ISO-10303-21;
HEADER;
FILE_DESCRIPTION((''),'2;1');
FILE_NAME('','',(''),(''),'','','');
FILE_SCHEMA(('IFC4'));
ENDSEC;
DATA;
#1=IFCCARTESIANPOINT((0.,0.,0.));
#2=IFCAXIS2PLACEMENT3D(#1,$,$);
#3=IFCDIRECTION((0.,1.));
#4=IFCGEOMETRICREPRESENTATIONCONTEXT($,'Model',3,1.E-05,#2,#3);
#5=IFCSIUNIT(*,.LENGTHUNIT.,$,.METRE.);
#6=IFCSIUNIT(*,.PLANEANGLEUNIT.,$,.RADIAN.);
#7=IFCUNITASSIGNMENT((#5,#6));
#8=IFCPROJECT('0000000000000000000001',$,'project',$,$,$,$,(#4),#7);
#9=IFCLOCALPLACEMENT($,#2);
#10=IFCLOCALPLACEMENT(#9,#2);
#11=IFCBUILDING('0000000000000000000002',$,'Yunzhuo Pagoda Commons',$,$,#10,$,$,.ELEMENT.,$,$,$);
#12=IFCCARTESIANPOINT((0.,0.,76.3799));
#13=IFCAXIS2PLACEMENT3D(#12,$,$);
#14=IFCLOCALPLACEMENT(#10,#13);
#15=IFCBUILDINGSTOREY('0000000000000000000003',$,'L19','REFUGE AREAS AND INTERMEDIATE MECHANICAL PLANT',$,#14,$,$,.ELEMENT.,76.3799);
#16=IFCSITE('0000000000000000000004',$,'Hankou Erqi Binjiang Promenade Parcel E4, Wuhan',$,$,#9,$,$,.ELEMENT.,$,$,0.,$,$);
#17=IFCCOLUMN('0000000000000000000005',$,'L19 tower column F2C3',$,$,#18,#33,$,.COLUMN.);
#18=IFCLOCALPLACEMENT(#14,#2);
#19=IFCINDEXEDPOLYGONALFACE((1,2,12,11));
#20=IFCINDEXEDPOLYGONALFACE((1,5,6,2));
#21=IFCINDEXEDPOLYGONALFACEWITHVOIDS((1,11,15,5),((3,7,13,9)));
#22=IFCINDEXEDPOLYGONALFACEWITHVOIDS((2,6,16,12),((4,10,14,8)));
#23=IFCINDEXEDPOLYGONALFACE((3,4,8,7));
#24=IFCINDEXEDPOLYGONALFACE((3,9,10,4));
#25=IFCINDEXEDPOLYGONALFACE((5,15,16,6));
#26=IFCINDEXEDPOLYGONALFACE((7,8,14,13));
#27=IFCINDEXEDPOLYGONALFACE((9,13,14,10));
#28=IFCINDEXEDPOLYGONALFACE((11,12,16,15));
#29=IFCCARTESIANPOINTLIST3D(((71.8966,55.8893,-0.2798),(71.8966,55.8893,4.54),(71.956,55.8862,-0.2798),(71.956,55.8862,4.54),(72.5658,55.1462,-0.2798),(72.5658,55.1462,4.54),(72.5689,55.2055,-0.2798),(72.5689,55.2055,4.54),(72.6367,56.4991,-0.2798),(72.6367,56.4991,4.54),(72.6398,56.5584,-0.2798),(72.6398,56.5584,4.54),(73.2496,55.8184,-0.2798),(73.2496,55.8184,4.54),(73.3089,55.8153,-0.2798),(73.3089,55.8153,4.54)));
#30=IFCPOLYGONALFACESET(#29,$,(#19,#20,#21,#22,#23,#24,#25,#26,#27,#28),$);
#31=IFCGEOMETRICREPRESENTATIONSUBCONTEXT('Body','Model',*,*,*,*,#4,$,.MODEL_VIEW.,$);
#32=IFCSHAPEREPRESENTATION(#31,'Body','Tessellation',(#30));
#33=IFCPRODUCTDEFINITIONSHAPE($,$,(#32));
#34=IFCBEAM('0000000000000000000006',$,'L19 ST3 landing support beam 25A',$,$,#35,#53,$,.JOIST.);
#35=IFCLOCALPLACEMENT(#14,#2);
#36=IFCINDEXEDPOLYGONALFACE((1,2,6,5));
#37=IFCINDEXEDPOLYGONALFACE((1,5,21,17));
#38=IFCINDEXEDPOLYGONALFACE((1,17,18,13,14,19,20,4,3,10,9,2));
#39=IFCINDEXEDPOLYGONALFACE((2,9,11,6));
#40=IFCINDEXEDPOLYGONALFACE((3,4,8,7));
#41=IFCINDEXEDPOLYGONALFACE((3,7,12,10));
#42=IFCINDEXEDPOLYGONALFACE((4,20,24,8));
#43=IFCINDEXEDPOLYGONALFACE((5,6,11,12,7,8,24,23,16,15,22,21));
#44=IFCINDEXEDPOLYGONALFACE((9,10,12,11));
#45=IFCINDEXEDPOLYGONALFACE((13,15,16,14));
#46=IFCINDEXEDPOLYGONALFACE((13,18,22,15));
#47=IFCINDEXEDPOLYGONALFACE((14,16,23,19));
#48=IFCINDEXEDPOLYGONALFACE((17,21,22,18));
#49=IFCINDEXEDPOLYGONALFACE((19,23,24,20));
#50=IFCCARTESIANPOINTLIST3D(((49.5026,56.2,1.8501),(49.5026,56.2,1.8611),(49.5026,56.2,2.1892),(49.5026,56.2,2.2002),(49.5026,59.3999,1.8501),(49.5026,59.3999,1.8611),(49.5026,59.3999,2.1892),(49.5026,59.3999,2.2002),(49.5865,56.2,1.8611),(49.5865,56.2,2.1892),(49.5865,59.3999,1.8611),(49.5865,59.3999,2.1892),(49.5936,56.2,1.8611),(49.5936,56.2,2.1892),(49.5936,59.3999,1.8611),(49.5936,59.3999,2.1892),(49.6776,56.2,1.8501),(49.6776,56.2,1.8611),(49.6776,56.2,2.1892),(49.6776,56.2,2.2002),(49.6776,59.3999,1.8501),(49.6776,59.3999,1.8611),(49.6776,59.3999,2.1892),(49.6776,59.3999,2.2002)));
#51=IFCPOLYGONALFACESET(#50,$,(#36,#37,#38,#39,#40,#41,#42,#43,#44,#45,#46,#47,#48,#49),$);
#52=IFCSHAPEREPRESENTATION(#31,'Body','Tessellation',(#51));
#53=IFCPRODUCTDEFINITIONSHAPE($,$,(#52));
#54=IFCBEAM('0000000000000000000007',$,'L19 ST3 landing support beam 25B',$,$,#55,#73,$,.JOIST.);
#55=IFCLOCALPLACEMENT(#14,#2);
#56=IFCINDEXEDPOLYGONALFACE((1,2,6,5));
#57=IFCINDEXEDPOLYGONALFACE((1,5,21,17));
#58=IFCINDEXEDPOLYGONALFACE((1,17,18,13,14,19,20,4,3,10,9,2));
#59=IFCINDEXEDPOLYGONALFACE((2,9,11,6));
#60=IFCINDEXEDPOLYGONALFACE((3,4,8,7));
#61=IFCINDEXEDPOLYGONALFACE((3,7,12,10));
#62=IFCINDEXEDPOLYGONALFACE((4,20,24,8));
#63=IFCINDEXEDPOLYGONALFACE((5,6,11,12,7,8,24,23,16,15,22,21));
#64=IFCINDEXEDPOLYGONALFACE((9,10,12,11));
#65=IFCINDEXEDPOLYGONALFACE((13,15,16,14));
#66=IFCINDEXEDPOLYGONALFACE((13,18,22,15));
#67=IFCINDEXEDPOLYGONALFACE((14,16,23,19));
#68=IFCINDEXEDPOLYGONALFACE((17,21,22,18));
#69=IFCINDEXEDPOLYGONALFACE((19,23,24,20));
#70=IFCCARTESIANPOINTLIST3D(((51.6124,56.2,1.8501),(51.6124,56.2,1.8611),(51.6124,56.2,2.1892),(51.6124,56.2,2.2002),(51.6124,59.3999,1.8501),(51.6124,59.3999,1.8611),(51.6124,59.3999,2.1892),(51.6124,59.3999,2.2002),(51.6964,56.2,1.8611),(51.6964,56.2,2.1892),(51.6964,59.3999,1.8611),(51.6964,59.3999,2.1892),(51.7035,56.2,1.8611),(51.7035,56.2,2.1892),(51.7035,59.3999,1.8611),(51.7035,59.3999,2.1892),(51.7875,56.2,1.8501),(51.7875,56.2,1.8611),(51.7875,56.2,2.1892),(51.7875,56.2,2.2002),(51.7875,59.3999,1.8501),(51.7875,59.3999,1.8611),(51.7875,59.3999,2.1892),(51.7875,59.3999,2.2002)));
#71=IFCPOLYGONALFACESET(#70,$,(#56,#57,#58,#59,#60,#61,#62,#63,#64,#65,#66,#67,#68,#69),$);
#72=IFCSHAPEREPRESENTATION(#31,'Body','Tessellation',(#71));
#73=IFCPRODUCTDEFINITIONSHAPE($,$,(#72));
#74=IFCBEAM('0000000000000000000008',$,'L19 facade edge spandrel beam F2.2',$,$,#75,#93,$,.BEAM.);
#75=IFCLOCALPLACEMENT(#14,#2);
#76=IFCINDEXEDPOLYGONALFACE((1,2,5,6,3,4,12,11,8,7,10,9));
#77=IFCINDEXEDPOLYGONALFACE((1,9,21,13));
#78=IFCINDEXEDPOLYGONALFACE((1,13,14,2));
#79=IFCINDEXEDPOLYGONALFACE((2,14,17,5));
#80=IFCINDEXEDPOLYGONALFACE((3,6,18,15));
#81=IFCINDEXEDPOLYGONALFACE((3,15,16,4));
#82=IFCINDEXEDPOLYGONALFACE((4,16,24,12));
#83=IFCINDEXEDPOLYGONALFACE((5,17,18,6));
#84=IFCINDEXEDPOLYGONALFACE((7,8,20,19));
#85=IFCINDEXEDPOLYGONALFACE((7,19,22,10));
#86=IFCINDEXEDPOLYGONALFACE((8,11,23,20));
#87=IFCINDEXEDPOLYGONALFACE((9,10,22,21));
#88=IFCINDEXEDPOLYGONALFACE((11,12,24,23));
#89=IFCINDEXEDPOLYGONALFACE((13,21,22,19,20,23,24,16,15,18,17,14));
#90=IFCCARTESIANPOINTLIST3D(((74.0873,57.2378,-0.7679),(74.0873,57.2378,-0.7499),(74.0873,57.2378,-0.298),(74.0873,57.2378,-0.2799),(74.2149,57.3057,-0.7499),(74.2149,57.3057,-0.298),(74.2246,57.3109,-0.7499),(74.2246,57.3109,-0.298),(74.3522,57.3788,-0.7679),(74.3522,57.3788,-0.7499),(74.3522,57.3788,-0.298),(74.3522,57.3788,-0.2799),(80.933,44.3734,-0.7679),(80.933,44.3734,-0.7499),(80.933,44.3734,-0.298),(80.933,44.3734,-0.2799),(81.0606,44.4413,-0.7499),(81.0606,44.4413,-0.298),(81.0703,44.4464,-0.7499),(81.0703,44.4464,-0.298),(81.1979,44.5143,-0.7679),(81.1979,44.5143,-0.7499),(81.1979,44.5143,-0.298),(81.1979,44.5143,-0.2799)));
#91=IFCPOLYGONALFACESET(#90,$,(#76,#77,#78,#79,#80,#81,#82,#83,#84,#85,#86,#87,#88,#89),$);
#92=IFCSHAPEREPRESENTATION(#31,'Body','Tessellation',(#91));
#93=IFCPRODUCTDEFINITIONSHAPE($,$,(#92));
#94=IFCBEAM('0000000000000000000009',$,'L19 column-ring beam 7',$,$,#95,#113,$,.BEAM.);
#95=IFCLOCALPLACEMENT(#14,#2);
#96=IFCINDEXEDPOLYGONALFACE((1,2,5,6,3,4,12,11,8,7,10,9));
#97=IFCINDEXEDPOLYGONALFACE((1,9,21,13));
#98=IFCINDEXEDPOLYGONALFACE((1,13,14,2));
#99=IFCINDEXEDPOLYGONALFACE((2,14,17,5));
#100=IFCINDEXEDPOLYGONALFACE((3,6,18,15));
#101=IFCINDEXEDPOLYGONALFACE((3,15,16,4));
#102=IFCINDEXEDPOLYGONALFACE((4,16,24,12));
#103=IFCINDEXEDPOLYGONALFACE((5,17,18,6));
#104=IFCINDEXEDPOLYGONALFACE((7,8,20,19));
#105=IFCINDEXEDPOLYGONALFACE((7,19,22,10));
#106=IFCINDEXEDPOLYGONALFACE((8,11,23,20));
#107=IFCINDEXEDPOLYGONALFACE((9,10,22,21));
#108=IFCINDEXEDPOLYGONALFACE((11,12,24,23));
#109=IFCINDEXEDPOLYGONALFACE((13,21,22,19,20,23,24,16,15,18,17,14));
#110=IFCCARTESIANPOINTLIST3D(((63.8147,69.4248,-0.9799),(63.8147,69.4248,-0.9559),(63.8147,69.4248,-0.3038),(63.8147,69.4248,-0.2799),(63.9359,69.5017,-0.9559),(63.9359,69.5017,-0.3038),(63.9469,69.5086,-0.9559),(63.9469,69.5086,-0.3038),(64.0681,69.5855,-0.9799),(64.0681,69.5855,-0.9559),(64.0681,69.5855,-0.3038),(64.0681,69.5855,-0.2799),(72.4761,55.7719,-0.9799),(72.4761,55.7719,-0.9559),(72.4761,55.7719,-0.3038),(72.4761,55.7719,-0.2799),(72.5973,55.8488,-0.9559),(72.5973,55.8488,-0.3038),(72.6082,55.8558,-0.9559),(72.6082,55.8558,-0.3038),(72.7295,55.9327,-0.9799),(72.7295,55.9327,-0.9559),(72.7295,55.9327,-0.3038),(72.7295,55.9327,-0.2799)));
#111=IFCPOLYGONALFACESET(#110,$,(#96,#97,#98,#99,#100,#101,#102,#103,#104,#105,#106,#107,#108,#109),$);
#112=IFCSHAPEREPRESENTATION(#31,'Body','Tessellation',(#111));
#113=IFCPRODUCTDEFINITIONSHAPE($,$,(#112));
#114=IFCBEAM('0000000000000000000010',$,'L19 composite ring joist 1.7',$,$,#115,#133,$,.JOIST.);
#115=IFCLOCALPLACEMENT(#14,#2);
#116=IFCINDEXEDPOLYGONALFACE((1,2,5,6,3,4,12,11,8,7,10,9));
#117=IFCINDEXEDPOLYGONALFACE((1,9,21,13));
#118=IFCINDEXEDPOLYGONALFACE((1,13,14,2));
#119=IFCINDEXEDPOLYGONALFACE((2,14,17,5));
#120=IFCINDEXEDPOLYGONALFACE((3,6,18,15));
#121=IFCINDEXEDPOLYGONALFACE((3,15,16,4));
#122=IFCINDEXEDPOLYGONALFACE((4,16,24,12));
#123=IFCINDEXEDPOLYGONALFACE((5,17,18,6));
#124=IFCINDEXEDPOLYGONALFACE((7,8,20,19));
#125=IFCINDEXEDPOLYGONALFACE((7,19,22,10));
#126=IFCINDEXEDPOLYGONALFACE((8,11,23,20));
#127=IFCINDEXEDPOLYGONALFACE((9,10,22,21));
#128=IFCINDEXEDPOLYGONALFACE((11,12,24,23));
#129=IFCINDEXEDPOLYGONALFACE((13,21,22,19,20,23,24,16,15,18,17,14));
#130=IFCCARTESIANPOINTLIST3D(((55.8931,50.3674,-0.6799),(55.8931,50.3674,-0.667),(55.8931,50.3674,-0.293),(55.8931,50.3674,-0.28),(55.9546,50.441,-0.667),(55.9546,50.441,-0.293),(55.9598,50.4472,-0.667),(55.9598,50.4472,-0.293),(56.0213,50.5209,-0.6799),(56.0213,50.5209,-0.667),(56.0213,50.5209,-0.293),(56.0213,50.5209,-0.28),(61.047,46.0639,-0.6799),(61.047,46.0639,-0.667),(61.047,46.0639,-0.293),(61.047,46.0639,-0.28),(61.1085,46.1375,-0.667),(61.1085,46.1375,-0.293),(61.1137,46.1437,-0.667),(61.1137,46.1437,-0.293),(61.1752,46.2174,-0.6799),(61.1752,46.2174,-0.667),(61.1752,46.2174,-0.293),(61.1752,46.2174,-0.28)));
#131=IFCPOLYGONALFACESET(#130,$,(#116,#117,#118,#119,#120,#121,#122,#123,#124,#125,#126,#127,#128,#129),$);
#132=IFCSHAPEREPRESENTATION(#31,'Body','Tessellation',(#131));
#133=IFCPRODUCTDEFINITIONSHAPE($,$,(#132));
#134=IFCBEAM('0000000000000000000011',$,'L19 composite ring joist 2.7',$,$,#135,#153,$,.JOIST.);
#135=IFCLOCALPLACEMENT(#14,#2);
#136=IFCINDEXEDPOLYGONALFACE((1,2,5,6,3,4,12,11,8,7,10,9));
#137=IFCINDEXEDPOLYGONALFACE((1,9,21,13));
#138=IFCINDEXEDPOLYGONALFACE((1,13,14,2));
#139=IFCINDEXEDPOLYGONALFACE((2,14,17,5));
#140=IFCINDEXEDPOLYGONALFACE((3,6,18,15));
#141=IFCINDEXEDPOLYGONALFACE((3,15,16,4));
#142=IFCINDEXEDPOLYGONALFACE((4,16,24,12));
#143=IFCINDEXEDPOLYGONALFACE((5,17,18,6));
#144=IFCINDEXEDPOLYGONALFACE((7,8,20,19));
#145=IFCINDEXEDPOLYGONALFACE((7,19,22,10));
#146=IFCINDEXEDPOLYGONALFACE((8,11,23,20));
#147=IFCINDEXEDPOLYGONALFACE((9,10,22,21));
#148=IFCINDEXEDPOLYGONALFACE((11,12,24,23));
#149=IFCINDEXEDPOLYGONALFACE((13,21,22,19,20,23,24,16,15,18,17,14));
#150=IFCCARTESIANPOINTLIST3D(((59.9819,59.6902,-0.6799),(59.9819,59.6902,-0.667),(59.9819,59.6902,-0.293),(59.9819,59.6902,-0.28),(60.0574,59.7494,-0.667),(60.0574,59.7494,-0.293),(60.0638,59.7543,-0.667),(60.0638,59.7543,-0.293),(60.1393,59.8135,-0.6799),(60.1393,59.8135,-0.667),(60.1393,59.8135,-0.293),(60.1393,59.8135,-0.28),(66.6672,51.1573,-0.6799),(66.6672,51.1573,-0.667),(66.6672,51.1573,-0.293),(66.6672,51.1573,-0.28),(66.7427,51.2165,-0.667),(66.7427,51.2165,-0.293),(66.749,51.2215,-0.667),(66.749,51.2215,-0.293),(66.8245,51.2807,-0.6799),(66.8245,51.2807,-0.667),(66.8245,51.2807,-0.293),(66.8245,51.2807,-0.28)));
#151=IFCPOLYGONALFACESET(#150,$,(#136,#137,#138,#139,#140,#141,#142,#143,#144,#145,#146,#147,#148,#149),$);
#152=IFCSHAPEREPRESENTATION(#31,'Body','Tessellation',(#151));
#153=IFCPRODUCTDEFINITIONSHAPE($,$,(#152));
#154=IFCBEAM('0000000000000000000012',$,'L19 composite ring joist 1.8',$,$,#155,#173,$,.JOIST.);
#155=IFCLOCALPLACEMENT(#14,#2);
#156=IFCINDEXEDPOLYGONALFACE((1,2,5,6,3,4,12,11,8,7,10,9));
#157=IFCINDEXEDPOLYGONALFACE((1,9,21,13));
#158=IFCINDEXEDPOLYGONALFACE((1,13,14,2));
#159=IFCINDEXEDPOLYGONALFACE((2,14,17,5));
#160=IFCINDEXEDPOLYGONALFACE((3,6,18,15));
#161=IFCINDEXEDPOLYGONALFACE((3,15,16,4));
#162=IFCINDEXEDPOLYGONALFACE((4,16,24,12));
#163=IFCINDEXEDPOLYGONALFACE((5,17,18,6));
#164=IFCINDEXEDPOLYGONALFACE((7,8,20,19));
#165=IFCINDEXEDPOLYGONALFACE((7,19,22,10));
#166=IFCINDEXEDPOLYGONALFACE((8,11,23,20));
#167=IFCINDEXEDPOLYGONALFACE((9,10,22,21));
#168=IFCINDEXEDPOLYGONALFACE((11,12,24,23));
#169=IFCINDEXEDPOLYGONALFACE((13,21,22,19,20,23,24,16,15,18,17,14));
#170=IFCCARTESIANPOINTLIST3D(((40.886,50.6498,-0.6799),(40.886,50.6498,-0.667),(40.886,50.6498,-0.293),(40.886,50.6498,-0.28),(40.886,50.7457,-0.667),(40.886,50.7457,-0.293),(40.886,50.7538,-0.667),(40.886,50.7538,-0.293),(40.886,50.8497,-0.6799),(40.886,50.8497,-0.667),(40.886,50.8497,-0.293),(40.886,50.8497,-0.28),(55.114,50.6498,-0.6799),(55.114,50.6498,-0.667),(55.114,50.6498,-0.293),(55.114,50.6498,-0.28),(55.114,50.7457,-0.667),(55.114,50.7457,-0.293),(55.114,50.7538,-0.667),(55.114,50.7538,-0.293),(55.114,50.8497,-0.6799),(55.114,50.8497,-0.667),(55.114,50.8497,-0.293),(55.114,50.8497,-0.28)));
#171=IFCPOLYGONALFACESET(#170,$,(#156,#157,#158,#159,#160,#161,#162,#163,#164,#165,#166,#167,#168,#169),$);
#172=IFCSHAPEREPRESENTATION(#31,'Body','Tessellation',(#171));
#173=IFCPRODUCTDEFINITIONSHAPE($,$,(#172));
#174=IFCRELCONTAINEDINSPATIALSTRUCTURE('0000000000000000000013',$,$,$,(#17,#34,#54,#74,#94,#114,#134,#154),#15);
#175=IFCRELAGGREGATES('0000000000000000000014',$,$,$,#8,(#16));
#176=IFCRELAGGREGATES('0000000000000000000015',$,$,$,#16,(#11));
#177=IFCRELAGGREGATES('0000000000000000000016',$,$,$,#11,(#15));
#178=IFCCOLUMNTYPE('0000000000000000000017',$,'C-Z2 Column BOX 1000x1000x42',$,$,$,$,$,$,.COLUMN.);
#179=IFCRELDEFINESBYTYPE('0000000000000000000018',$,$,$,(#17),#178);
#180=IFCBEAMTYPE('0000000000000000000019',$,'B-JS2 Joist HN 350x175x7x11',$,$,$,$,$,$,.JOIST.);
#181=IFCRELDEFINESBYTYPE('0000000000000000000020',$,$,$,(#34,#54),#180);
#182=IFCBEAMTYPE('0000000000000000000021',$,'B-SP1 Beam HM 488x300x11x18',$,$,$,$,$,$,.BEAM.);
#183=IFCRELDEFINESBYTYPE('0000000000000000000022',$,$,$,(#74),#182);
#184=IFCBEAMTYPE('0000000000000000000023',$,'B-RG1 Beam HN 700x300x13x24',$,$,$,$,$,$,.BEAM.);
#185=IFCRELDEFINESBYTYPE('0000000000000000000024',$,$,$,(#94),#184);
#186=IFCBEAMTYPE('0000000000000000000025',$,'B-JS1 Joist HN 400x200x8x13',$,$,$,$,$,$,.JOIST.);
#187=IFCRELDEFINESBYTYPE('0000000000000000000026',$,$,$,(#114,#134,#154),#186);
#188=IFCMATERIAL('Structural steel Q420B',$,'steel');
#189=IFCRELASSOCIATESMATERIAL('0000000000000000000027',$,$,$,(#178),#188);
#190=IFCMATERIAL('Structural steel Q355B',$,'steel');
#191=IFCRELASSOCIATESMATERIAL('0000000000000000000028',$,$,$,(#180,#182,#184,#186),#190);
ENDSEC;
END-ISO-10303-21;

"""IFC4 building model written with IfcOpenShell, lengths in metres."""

from ifc_helpers import new_model, si_unit, direction, frame, origin, origin_2d, place, context, subcontext, project, spatial, hollow_rectangle, i_section, extrude, source, transform, mapped, material, material_profile, profile_set, type_object, element, save


model = new_model("IFC4")

# Units and contexts
model_context = context("Model", 3, precision=1e-05, world=origin(), true_north=direction((0.0, 1.0)))
body_context = subcontext(model_context, "Body", "Model", "MODEL_VIEW")
ifc_project = project(units=[si_unit("LENGTHUNIT", "METRE"), si_unit("PLANEANGLEUNIT", "RADIAN")], contexts=[model_context])

# Site, building, storey
site_placement = place(None, origin())
site = spatial("IfcSite", under=ifc_project, at=site_placement, Name="Hankou Erqi Binjiang Promenade Parcel E4, Wuhan", CompositionType="ELEMENT", RefElevation=0.0)
building_placement = place(site_placement, origin())
building = spatial("IfcBuilding", under=site, at=building_placement, Name="Yunzhuo Pagoda Commons", CompositionType="ELEMENT")
storey_placement = place(building_placement, frame((0.0, 0.0, 76.3799)))
storey = spatial("IfcBuildingStorey", under=building, at=storey_placement, Name="L19", Description="REFUGE AREAS AND INTERMEDIATE MECHANICAL PLANT", CompositionType="ELEMENT", Elevation=76.3799)

# Column
ifc_material_1 = material(Name="Structural steel Q420B", Category="steel")
ifc_material_profile_1 = material_profile(ifc_material_1, hollow_rectangle(XDim=1.0, YDim=1.0, WallThickness=0.042, at=origin_2d()), Name="Structural steel Q420B")
ifc_profile_set_1 = profile_set([ifc_material_profile_1], Name="Structural steel Q420B")
column_type = type_object("IfcColumnType", Name="C-Z2 Column BOX 1000x1000x42", PredefinedType="COLUMN", material=ifc_profile_set_1)
shared_shape_1 = source(origin(), body_context, "Body", "SweptSolid", [
    extrude(hollow_rectangle(XDim=1.0, YDim=1.0, WallThickness=0.042, at=origin_2d()), origin(), (0.0, 0.0, 1.0), 4.8198),
])
column_placement = place(storey_placement, frame((72.6028, 55.8523, -0.2798), z_axis=(0.0, 0.0, 1.0), x_axis=(-0.669131, 0.743145, 0.0)))
element("IfcColumn", 1, at=column_placement, inside=storey, type_object=column_type, Name="L19 tower column F2C3", PredefinedType="COLUMN", context=body_context, shape_type="MappedRepresentation", body=[
    mapped(shared_shape_1, transform((0.0, 0.0, 0.0), scale=1.0)),
])

# Beams
ifc_material_2 = material(Name="Structural steel Q355B", Category="steel")
ifc_material_profile_2 = material_profile(ifc_material_2, i_section(OverallWidth=0.175, OverallDepth=0.3501, WebThickness=0.0071, FlangeThickness=0.011, at=origin_2d()), Name="Structural steel Q355B")
ifc_profile_set_2 = profile_set([ifc_material_profile_2], Name="Structural steel Q355B")
beam_type_1 = type_object("IfcBeamType", Name="B-JS2 Joist HN 350x175x7x11", PredefinedType="JOIST", material=ifc_profile_set_2)
shared_shape_2 = source(origin(), body_context, "Body", "SweptSolid", [
    extrude(i_section(OverallWidth=0.175, OverallDepth=0.3501, WebThickness=0.0071, FlangeThickness=0.011, at=origin_2d()), origin(), (0.0, 0.0, 1.0), 3.2),
])
for number, where, z_axis, x_axis, name in (
    (2, (49.5901, 56.2, 2.0251), (0.0, 1.0, 0.0), (-1.0, 0.0, 0.0), "L19 ST3 landing support beam 25A"),
    (3, (51.7, 56.2, 2.0251), (0.0, 1.0, 0.0), (-1.0, 0.0, 0.0), "L19 ST3 landing support beam 25B"),
):
    element("IfcBeam", number, at=place(storey_placement, frame(where, z_axis=z_axis, x_axis=x_axis)), inside=storey, type_object=beam_type_1, Name=name, PredefinedType="JOIST", context=body_context, shape_type="MappedRepresentation", body=[
        mapped(shared_shape_2, transform((0.0, 0.0, 0.0), scale=1.0)),
    ])
ifc_material_profile_3 = material_profile(ifc_material_2, i_section(OverallWidth=0.3, OverallDepth=0.488, WebThickness=0.011, FlangeThickness=0.0181, at=origin_2d()), Name="Structural steel Q355B")
ifc_profile_set_3 = profile_set([ifc_material_profile_3], Name="Structural steel Q355B")
beam_type_2 = type_object("IfcBeamType", Name="B-SP1 Beam HM 488x300x11x18", PredefinedType="BEAM", material=ifc_profile_set_3)
shared_shape_3 = source(origin(), body_context, "Body", "SweptSolid", [
    extrude(i_section(OverallWidth=0.3, OverallDepth=0.488, WebThickness=0.011, FlangeThickness=0.0181, at=origin_2d()), origin(), (0.0, 0.0, 1.0), 14.5725),
])
beam_1_placement = place(storey_placement, frame((81.0654, 44.4438, -0.5239), z_axis=(-0.469767, 0.88279, 0.0), x_axis=(-0.88279, -0.469767, 0.0)))
element("IfcBeam", 4, at=beam_1_placement, inside=storey, type_object=beam_type_2, Name="L19 facade edge spandrel beam F2.2", PredefinedType="BEAM", context=body_context, shape_type="MappedRepresentation", body=[
    mapped(shared_shape_3, transform((0.0, 0.0, 0.0), scale=1.0)),
])
ifc_material_profile_4 = material_profile(ifc_material_2, i_section(OverallWidth=0.3, OverallDepth=0.7, WebThickness=0.0129, FlangeThickness=0.0239, at=origin_2d()), Name="Structural steel Q355B")
ifc_profile_set_4 = profile_set([ifc_material_profile_4], Name="Structural steel Q355B")
beam_type_3 = type_object("IfcBeamType", Name="B-RG1 Beam HN 700x300x13x24", PredefinedType="BEAM", material=ifc_profile_set_4)
shared_shape_4 = source(origin(), body_context, "Body", "SweptSolid", [
    extrude(i_section(OverallWidth=0.3, OverallDepth=0.7, WebThickness=0.0129, FlangeThickness=0.0239, at=origin_2d()), origin(), (0.0, 0.0, 1.0), 16.1685),
])
beam_2_placement = place(storey_placement, frame((72.6028, 55.8523, -0.6299), z_axis=(-0.535696, 0.844411, 0.0), x_axis=(-0.844411, -0.535696, 0.0)))
element("IfcBeam", 5, at=beam_2_placement, inside=storey, type_object=beam_type_3, Name="L19 column-ring beam 7", PredefinedType="BEAM", context=body_context, shape_type="MappedRepresentation", body=[
    mapped(shared_shape_4, transform((0.0, 0.0, 0.0), scale=1.0)),
])
ifc_material_profile_5 = material_profile(ifc_material_2, i_section(OverallWidth=0.2, OverallDepth=0.3999, WebThickness=0.0081, FlangeThickness=0.0129, at=origin_2d()), Name="Structural steel Q355B")
ifc_profile_set_5 = profile_set([ifc_material_profile_5], Name="Structural steel Q355B")
beam_type_4 = type_object("IfcBeamType", Name="B-JS1 Joist HN 400x200x8x13", PredefinedType="JOIST", material=ifc_profile_set_5)
shared_shape_5 = source(origin(), body_context, "Body", "SweptSolid", [
    extrude(i_section(OverallWidth=0.2, OverallDepth=0.3999, WebThickness=0.0081, FlangeThickness=0.0129, at=origin_2d()), origin(), (0.0, 0.0, 1.0), 6.7144),
])
beam_3_placement = place(storey_placement, frame((61.1111, 46.1406, -0.48), z_axis=(-0.767589, 0.640942, 0.0), x_axis=(-0.640942, -0.767589, 0.0)))
element("IfcBeam", 6, at=beam_3_placement, inside=storey, type_object=beam_type_4, Name="L19 composite ring joist 1.7", PredefinedType="JOIST", context=body_context, shape_type="MappedRepresentation", body=[
    mapped(shared_shape_5, transform((0.0, 0.0, 0.0), scale=1.0)),
])
shared_shape_6 = source(origin(), body_context, "Body", "SweptSolid", [
    extrude(i_section(OverallWidth=0.2, OverallDepth=0.3999, WebThickness=0.0081, FlangeThickness=0.0129, at=origin_2d()), origin(), (0.0, 0.0, 1.0), 10.8398),
])
beam_4_placement = place(storey_placement, frame((66.7458, 51.219, -0.48), z_axis=(-0.616728, 0.787176, 0.0), x_axis=(-0.787176, -0.616728, 0.0)))
element("IfcBeam", 7, at=beam_4_placement, inside=storey, type_object=beam_type_4, Name="L19 composite ring joist 2.7", PredefinedType="JOIST", context=body_context, shape_type="MappedRepresentation", body=[
    mapped(shared_shape_6, transform((0.0, 0.0, 0.0), scale=1.0)),
])
shared_shape_7 = source(origin(), body_context, "Body", "SweptSolid", [
    extrude(i_section(OverallWidth=0.2, OverallDepth=0.3999, WebThickness=0.0081, FlangeThickness=0.0129, at=origin_2d()), origin(), (0.0, 0.0, 1.0), 14.228),
])
beam_5_placement = place(storey_placement, frame((55.114, 50.7498, -0.48), z_axis=(-1.0, 0.0, 0.0), x_axis=(0.0, -1.0, 0.0)))
element("IfcBeam", 8, at=beam_5_placement, inside=storey, type_object=beam_type_4, Name="L19 composite ring joist 1.8", PredefinedType="JOIST", context=body_context, shape_type="MappedRepresentation", body=[
    mapped(shared_shape_7, transform((0.0, 0.0, 0.0), scale=1.0)),
])

save(model, "model.ifc")
